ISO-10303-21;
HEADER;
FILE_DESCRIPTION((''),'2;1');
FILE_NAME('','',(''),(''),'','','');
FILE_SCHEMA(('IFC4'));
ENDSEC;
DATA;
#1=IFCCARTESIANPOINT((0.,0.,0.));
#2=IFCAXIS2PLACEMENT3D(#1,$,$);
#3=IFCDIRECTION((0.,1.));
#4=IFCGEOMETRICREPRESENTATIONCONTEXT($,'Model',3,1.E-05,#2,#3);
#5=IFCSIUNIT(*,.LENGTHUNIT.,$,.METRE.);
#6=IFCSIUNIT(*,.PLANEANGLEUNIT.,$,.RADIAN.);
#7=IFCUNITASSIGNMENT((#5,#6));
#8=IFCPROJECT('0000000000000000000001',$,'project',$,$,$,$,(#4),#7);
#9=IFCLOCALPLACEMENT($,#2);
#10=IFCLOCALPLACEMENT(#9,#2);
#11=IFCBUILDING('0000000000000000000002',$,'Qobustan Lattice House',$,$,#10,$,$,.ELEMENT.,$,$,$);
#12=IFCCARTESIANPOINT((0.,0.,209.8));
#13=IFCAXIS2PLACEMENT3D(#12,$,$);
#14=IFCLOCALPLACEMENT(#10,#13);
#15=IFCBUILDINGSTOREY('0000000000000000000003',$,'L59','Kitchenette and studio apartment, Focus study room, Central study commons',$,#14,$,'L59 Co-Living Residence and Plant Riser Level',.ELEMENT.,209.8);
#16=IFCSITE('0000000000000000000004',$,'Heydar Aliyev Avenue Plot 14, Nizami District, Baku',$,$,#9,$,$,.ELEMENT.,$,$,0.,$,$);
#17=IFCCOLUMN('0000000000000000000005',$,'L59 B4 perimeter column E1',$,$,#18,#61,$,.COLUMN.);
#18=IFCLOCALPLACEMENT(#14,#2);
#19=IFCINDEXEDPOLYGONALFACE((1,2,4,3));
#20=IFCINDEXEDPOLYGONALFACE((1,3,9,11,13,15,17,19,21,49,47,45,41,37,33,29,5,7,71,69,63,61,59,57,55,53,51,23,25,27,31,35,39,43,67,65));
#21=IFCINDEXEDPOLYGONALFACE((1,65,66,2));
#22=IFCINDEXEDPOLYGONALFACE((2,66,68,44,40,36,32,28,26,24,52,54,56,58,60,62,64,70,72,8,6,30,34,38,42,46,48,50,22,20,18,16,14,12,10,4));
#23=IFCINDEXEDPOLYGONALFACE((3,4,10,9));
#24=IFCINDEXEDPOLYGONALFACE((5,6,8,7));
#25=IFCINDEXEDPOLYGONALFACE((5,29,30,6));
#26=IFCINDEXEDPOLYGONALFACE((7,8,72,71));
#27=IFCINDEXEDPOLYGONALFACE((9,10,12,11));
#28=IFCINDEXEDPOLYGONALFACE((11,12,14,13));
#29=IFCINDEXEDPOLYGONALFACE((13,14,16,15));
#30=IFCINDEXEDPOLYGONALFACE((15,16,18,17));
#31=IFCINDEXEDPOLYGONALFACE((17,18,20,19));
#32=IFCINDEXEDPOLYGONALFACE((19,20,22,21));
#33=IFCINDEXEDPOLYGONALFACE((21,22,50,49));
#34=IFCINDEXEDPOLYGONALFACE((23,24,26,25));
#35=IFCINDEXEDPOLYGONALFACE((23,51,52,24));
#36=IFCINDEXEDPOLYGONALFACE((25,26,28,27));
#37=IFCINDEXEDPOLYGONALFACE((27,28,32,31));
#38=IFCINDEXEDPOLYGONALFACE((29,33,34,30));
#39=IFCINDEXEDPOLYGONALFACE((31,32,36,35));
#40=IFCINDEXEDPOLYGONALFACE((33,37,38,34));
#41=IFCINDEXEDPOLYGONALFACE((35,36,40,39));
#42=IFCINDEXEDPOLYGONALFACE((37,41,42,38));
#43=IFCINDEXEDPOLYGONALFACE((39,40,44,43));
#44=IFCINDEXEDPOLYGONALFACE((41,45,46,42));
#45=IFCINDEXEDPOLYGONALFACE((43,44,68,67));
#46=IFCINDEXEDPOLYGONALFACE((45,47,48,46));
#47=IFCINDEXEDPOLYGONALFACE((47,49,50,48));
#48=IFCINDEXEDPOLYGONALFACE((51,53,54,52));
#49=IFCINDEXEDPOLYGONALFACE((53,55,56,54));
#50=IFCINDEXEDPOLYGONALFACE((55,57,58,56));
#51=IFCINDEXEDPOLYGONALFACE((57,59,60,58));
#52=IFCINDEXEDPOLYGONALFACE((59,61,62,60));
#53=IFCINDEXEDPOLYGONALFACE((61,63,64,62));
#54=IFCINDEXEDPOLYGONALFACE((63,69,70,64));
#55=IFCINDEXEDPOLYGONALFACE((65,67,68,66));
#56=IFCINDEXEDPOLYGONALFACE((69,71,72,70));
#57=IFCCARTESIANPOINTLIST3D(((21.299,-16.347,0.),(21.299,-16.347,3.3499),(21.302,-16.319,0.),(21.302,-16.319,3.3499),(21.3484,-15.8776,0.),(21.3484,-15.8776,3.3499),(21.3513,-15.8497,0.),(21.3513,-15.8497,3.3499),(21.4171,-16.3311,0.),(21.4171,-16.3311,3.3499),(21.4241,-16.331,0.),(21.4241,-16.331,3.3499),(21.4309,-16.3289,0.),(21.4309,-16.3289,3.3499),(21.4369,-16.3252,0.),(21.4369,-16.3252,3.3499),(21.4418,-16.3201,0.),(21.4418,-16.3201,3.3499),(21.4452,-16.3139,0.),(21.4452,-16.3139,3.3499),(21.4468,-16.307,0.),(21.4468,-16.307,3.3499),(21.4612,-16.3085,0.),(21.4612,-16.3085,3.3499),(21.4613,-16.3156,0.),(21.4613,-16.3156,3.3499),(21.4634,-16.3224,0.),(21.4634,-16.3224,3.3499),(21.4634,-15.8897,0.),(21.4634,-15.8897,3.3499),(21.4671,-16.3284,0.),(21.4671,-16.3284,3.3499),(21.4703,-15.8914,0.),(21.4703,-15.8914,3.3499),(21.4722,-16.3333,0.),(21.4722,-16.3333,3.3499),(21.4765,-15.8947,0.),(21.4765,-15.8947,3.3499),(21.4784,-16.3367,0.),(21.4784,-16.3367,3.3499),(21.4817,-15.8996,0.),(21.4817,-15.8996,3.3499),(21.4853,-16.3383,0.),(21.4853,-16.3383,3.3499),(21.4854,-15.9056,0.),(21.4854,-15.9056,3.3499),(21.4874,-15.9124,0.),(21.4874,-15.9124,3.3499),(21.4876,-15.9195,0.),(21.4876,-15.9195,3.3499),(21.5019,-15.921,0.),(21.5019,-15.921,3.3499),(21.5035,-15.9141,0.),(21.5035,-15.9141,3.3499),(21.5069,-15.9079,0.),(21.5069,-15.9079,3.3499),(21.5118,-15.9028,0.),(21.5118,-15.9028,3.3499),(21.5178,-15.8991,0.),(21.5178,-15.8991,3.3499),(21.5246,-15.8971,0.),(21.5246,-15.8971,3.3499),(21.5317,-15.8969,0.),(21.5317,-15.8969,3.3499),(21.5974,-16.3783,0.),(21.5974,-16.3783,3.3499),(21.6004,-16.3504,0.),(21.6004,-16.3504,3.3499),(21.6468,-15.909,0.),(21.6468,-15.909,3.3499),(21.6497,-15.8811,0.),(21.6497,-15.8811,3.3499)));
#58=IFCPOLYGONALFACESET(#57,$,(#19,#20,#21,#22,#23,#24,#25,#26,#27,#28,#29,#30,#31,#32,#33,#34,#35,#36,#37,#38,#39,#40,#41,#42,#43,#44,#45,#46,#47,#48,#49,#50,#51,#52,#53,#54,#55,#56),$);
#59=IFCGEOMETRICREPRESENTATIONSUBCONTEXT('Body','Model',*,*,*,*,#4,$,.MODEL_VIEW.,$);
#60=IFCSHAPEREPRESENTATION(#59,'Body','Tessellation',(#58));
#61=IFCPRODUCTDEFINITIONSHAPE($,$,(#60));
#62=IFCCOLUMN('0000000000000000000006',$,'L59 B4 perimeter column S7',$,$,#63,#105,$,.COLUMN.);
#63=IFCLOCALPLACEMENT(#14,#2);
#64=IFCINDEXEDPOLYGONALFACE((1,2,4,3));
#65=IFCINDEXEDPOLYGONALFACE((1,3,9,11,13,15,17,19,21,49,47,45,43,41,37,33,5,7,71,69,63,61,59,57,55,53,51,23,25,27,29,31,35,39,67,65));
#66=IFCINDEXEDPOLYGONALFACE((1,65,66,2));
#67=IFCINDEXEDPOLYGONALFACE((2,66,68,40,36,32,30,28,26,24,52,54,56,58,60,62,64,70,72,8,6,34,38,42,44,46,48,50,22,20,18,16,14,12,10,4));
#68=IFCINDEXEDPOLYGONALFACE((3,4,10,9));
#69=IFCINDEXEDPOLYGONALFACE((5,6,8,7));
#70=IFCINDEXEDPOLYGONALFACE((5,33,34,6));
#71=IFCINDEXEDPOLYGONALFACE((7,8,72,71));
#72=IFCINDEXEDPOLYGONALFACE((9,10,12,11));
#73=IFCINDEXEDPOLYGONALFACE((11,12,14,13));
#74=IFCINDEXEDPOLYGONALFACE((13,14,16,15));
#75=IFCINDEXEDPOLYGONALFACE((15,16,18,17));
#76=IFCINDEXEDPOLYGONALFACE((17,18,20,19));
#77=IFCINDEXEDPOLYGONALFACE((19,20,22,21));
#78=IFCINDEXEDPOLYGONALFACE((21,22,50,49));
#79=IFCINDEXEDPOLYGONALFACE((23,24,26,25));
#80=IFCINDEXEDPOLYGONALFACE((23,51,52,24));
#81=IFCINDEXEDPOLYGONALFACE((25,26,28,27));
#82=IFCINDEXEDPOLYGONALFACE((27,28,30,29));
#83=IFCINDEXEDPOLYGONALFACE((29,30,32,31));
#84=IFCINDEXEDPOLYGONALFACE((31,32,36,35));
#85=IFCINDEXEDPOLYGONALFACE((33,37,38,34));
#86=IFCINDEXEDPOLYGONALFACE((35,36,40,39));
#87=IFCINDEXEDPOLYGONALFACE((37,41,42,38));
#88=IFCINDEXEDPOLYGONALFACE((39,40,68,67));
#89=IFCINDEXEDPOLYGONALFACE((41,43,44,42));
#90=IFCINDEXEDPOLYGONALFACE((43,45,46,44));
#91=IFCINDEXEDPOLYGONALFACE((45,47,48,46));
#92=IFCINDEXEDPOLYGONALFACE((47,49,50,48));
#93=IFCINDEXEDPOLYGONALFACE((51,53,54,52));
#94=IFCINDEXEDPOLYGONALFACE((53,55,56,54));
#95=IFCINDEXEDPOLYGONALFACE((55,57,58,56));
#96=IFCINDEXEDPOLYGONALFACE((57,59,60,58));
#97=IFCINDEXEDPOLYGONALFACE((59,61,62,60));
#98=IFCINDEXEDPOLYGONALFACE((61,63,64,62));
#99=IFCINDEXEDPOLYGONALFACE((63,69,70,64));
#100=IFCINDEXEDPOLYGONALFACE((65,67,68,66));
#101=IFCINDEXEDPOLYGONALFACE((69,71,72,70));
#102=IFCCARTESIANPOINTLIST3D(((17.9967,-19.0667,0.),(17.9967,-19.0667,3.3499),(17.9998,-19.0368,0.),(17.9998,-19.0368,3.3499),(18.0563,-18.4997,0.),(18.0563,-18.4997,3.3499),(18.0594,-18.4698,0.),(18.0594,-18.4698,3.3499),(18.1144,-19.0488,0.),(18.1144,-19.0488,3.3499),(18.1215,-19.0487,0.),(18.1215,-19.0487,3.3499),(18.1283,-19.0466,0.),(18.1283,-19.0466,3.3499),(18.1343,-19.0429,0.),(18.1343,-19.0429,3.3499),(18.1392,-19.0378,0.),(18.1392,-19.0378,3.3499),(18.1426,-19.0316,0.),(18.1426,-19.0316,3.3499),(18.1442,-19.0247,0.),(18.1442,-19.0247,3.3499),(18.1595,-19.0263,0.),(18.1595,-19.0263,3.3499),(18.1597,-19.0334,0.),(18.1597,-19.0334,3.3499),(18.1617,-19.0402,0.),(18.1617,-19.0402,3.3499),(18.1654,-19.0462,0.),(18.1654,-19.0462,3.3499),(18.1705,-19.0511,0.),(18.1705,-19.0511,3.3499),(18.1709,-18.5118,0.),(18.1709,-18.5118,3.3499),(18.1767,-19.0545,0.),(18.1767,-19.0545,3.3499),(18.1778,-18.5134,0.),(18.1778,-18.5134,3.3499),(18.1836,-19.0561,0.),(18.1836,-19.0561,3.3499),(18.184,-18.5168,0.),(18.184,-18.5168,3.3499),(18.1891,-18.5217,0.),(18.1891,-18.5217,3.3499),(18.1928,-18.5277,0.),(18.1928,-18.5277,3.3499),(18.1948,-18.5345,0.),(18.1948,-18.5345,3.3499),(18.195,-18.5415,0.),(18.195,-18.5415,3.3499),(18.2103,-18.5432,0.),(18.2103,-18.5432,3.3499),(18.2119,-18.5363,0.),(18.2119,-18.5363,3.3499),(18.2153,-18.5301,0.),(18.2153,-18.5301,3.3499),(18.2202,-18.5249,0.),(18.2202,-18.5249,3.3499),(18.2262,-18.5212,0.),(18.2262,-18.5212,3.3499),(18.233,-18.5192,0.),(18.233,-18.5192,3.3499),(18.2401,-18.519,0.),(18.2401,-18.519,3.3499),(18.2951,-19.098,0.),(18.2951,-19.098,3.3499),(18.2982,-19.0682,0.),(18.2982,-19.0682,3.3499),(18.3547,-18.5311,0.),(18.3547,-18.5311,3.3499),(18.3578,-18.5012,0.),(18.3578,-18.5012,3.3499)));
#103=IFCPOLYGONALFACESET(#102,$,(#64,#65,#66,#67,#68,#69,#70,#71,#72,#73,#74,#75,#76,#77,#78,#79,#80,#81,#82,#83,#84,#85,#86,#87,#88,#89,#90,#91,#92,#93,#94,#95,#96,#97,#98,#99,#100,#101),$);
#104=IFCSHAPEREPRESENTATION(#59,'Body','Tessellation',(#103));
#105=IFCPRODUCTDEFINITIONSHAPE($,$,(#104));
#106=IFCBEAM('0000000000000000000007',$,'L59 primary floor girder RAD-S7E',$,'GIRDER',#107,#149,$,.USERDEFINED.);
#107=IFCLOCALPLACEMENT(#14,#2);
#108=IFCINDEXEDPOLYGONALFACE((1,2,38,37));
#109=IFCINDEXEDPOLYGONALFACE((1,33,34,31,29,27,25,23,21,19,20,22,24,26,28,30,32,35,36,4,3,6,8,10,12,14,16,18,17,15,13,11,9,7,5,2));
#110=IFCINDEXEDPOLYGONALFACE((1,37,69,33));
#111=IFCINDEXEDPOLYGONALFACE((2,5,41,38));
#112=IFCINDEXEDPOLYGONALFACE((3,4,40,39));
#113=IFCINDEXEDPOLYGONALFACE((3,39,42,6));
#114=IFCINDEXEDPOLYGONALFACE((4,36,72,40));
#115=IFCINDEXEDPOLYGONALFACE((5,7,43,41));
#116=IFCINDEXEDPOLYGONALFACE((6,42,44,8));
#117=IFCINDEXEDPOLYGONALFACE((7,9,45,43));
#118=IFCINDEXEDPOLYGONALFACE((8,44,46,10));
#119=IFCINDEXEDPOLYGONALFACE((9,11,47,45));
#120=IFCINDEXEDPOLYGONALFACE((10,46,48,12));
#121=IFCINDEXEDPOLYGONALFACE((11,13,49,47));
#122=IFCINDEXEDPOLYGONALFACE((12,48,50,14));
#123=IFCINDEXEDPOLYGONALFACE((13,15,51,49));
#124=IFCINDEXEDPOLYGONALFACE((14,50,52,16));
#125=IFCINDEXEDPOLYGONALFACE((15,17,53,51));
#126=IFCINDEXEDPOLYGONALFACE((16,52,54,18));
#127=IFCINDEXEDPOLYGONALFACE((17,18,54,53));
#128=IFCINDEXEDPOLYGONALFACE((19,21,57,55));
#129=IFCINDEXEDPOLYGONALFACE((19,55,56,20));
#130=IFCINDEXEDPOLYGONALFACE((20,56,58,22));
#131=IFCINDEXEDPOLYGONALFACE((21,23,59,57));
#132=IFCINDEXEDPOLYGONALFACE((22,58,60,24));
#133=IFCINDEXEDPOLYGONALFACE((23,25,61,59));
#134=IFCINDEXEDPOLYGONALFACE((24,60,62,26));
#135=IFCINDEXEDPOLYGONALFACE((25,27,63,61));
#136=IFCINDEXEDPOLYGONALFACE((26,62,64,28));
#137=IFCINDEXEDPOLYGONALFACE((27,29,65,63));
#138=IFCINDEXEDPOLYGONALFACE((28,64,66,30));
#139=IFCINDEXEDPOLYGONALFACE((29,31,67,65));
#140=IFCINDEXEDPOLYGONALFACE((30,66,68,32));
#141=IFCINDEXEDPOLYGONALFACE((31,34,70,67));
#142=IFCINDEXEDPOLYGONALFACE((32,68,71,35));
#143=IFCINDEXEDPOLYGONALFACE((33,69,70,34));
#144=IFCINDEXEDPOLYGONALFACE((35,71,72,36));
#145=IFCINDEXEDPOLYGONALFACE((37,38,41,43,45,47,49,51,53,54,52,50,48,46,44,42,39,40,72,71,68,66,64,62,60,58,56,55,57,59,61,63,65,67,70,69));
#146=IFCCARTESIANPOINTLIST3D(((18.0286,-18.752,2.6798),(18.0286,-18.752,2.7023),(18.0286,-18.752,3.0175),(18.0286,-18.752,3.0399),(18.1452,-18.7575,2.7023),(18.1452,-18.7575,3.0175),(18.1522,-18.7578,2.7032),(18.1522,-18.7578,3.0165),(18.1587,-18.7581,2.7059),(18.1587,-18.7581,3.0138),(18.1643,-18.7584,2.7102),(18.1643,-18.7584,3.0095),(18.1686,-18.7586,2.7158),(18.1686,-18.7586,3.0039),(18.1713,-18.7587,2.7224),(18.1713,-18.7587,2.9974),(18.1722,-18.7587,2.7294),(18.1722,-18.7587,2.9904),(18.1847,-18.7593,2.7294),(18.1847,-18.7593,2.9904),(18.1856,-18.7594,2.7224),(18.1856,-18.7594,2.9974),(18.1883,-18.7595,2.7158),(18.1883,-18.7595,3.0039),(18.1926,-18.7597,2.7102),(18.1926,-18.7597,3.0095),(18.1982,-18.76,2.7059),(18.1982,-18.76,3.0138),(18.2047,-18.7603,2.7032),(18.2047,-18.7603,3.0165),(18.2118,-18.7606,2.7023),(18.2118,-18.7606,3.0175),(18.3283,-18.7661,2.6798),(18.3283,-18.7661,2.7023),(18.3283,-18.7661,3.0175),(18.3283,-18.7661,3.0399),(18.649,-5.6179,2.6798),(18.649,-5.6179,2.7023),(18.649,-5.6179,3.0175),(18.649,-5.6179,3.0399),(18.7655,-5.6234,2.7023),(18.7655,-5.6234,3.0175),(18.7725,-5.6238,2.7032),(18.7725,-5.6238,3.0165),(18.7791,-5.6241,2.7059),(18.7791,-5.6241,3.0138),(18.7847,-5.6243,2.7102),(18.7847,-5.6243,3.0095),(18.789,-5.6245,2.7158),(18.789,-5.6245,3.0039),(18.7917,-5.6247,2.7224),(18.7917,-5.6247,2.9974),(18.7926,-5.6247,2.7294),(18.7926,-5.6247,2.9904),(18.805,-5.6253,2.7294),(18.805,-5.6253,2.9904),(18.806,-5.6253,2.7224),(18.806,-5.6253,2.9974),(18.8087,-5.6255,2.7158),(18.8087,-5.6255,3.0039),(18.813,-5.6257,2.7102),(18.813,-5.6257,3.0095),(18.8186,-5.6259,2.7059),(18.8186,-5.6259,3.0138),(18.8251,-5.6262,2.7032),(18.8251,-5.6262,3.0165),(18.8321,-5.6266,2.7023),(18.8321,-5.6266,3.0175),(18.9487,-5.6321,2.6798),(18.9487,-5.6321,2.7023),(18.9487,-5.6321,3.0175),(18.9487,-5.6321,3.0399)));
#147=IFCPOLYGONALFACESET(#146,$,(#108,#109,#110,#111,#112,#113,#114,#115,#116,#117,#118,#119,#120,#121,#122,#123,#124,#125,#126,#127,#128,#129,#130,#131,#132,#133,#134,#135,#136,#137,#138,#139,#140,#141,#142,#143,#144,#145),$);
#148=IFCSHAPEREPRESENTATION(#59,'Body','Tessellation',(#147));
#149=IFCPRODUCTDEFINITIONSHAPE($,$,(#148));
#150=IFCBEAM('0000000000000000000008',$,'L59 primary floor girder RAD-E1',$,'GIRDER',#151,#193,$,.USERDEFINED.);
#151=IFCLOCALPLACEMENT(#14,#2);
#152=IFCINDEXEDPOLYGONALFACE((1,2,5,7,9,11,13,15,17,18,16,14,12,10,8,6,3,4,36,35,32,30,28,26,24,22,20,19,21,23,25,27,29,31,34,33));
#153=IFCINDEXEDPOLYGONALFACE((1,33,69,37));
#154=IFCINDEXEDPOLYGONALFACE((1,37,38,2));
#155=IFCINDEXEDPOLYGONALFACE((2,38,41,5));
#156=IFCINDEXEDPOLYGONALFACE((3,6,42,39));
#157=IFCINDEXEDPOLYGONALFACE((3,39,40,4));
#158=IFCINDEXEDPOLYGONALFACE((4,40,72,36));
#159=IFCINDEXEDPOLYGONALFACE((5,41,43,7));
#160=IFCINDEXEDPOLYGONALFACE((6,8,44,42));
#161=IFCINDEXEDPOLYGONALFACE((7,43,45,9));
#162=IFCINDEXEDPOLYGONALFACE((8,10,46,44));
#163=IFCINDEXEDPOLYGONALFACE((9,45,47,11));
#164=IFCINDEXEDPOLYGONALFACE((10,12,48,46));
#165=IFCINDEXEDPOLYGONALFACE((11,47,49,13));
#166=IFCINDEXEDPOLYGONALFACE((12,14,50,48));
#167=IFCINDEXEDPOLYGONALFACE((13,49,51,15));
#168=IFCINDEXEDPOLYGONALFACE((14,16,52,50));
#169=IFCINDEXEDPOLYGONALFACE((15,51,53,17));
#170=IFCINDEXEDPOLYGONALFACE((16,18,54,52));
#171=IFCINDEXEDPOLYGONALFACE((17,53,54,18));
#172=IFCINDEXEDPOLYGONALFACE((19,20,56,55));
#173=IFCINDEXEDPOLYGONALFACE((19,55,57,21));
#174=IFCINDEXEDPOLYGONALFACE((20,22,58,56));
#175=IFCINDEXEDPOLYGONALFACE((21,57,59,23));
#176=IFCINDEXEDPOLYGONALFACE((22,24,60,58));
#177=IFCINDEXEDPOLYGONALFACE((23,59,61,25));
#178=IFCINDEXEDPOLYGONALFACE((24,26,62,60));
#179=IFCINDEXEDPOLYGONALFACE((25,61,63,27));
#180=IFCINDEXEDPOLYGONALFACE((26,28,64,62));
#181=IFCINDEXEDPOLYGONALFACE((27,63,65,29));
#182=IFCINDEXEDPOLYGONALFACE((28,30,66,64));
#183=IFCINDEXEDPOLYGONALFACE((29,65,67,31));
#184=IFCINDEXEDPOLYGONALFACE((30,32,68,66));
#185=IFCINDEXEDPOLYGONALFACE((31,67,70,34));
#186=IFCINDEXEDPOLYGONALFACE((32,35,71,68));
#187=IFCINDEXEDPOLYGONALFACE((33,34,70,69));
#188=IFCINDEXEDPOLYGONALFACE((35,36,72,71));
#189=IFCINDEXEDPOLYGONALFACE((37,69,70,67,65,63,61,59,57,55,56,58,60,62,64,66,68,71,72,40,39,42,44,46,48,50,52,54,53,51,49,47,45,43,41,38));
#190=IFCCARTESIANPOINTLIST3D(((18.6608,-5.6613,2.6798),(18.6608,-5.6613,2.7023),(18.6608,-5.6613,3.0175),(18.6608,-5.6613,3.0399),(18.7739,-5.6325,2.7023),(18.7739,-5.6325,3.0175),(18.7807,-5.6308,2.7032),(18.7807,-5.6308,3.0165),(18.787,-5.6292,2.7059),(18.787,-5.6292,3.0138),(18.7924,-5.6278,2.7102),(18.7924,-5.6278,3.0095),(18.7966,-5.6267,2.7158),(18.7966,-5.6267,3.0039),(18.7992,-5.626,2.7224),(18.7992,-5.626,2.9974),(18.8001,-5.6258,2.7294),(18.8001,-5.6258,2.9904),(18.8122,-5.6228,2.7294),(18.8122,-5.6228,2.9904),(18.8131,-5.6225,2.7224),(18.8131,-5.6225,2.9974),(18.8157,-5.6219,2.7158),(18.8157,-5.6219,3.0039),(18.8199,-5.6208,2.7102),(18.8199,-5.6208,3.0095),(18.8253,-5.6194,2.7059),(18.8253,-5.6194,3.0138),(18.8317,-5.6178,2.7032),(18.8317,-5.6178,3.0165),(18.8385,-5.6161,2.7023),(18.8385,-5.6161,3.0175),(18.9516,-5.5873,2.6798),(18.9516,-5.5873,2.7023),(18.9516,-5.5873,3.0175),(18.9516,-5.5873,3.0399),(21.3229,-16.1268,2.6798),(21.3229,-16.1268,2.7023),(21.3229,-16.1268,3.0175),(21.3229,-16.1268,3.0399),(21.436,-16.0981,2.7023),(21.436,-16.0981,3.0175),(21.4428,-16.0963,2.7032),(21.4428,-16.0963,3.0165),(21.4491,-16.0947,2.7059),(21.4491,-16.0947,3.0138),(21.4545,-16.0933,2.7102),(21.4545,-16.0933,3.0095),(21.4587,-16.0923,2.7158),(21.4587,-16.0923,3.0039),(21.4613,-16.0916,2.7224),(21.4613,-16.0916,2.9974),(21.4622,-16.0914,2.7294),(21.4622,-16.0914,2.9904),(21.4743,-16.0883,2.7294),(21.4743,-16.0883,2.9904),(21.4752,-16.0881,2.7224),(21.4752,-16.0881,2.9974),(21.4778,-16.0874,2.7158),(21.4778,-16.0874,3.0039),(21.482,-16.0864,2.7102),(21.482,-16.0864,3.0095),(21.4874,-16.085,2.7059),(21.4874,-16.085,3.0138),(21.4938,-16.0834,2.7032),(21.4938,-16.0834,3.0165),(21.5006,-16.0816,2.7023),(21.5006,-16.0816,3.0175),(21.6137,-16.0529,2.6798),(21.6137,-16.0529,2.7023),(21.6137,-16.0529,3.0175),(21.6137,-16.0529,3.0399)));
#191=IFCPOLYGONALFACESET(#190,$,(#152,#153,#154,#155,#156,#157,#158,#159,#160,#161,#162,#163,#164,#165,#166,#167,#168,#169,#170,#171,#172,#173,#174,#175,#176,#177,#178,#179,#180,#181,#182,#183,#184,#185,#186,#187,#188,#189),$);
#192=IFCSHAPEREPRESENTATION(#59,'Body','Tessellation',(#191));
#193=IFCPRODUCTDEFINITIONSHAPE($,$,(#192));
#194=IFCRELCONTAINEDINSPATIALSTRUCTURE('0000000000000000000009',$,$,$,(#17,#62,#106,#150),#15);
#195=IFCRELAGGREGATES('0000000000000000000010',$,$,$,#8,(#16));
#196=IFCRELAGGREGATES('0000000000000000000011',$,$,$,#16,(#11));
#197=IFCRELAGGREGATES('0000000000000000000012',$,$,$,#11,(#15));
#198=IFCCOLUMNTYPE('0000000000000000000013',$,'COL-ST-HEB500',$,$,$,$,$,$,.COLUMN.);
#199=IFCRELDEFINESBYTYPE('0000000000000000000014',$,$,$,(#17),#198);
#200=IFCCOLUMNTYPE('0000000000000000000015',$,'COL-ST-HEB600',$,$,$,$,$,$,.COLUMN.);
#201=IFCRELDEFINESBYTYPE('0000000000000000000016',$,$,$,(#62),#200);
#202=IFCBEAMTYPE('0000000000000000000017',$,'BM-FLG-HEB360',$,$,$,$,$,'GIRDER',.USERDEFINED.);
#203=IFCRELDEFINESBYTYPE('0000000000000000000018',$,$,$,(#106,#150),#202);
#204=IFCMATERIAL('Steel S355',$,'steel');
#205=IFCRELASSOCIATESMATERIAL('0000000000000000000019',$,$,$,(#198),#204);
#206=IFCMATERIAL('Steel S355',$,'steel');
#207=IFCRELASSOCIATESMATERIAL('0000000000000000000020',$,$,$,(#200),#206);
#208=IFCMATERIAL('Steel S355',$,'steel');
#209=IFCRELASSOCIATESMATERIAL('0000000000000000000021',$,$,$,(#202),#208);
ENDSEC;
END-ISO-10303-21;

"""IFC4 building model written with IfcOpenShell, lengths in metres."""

from ifc_helpers import new_model, si_unit, direction, frame, origin, origin_2d, place, context, subcontext, project, spatial, i_section, extrude, material, material_profile, profile_set, type_object, element, save


model = new_model("IFC4")

# Units and contexts
model_context = context("Model", 3, precision=1e-05, world=origin(), true_north=direction((0.0, 1.0)))
body_context = subcontext(model_context, "Body", "Model", "MODEL_VIEW")
ifc_project = project(units=[si_unit("LENGTHUNIT", "METRE"), si_unit("PLANEANGLEUNIT", "RADIAN")], contexts=[model_context])

# Site, building, storey
site_placement = place(None, origin())
site = spatial("IfcSite", under=ifc_project, at=site_placement, Name="Heydar Aliyev Avenue Plot 14, Nizami District, Baku", CompositionType="ELEMENT", RefElevation=0.0)
building_placement = place(site_placement, origin())
building = spatial("IfcBuilding", under=site, at=building_placement, Name="Qobustan Lattice House", CompositionType="ELEMENT")
storey_placement = place(building_placement, frame((0.0, 0.0, 209.8)))
storey = spatial("IfcBuildingStorey", under=building, at=storey_placement, Name="L59", Description="Kitchenette and studio apartment, Focus study room, Central study commons", LongName="L59 Co-Living Residence and Plant Riser Level", CompositionType="ELEMENT", Elevation=209.8)

# Columns
ifc_material_1 = material(Name="Steel S355", Category="steel")
ifc_material_profile_1 = material_profile(ifc_material_1, i_section(OverallWidth=0.3, OverallDepth=0.5, WebThickness=0.0144, FlangeThickness=0.0281, FilletRadius=0.0271, at=origin_2d()), Name="HEB500")
ifc_profile_set_1 = profile_set([ifc_material_profile_1], Name="Steel S355")
column_type_1 = type_object("IfcColumnType", Name="COL-ST-HEB500", PredefinedType="COLUMN", material=ifc_profile_set_1)
column_1_placement = place(storey_placement, frame((21.4744, -16.114, 0.0), z_axis=(0.0, 0.0, 1.0), x_axis=(0.994522, -0.104528, 0.0)))
element("IfcColumn", 1, at=column_1_placement, inside=storey, type_object=column_type_1, Name="L59 B4 perimeter column E1", PredefinedType="COLUMN", context=body_context, shape_type="SweptSolid", body=[
    extrude(i_section(OverallWidth=0.3, OverallDepth=0.5, WebThickness=0.0144, FlangeThickness=0.0281, FilletRadius=0.0271, at=origin_2d()), origin(), (0.0, 0.0, 1.0), 3.3499),
])
ifc_material_2 = material(Name="Steel S355", Category="steel")
ifc_material_profile_2 = material_profile(ifc_material_2, i_section(OverallWidth=0.3, OverallDepth=0.6001, WebThickness=0.0154, FlangeThickness=0.03, FilletRadius=0.0271, at=origin_2d()), Name="HEB600")
ifc_profile_set_2 = profile_set([ifc_material_profile_2], Name="Steel S355")
column_type_2 = type_object("IfcColumnType", Name="COL-ST-HEB600", PredefinedType="COLUMN", material=ifc_profile_set_2)
column_2_placement = place(storey_placement, frame((18.1772, -18.7839, 0.0), z_axis=(0.0, 0.0, 1.0), x_axis=(0.994522, -0.104528, 0.0)))
element("IfcColumn", 2, at=column_2_placement, inside=storey, type_object=column_type_2, Name="L59 B4 perimeter column S7", PredefinedType="COLUMN", context=body_context, shape_type="SweptSolid", body=[
    extrude(i_section(OverallWidth=0.3, OverallDepth=0.6001, WebThickness=0.0154, FlangeThickness=0.03, FilletRadius=0.0271, at=origin_2d()), origin(), (0.0, 0.0, 1.0), 3.3499),
])

# Beams
ifc_material_3 = material(Name="Steel S355", Category="steel")
ifc_material_profile_3 = material_profile(ifc_material_3, i_section(OverallWidth=0.3, OverallDepth=0.3601, WebThickness=0.0125, FlangeThickness=0.0225, FilletRadius=0.0271, at=origin_2d()), Name="HEB360")
ifc_profile_set_3 = profile_set([ifc_material_profile_3], Name="Steel S355")
beam_type_1 = type_object("IfcBeamType", Name="BM-FLG-HEB360", ElementType="GIRDER", PredefinedType="USERDEFINED", material=ifc_profile_set_3)
beam_1_placement = place(storey_placement, frame((18.1785, -18.759, 2.8599), z_axis=(0.047181, 0.998886, 0.0), x_axis=(-0.998886, 0.047181, 0.0)))
element("IfcBeam", 3, at=beam_1_placement, inside=storey, type_object=beam_type_1, Name="L59 primary floor girder RAD-S7E", ObjectType="GIRDER", PredefinedType="USERDEFINED", context=body_context, shape_type="SweptSolid", body=[
    extrude(i_section(OverallWidth=0.3, OverallDepth=0.3601, WebThickness=0.0125, FlangeThickness=0.0225, FilletRadius=0.0271, at=origin_2d()), origin(), (0.0, 0.0, 1.0), 13.1487),
])
beam_2_placement = place(storey_placement, frame((21.4683, -16.0898, 2.8599), z_axis=(-0.246518, 0.969138, 0.0), x_axis=(-0.969138, -0.246518, 0.0)))
element("IfcBeam", 4, at=beam_2_placement, inside=storey, type_object=beam_type_1, Name="L59 primary floor girder RAD-E1", ObjectType="GIRDER", PredefinedType="USERDEFINED", context=body_context, shape_type="SweptSolid", body=[
    extrude(i_section(OverallWidth=0.3, OverallDepth=0.3601, WebThickness=0.0125, FlangeThickness=0.0225, FilletRadius=0.0271, at=origin_2d()), origin(), (0.0, 0.0, 1.0), 10.7988),
])

save(model, "model.ifc")
